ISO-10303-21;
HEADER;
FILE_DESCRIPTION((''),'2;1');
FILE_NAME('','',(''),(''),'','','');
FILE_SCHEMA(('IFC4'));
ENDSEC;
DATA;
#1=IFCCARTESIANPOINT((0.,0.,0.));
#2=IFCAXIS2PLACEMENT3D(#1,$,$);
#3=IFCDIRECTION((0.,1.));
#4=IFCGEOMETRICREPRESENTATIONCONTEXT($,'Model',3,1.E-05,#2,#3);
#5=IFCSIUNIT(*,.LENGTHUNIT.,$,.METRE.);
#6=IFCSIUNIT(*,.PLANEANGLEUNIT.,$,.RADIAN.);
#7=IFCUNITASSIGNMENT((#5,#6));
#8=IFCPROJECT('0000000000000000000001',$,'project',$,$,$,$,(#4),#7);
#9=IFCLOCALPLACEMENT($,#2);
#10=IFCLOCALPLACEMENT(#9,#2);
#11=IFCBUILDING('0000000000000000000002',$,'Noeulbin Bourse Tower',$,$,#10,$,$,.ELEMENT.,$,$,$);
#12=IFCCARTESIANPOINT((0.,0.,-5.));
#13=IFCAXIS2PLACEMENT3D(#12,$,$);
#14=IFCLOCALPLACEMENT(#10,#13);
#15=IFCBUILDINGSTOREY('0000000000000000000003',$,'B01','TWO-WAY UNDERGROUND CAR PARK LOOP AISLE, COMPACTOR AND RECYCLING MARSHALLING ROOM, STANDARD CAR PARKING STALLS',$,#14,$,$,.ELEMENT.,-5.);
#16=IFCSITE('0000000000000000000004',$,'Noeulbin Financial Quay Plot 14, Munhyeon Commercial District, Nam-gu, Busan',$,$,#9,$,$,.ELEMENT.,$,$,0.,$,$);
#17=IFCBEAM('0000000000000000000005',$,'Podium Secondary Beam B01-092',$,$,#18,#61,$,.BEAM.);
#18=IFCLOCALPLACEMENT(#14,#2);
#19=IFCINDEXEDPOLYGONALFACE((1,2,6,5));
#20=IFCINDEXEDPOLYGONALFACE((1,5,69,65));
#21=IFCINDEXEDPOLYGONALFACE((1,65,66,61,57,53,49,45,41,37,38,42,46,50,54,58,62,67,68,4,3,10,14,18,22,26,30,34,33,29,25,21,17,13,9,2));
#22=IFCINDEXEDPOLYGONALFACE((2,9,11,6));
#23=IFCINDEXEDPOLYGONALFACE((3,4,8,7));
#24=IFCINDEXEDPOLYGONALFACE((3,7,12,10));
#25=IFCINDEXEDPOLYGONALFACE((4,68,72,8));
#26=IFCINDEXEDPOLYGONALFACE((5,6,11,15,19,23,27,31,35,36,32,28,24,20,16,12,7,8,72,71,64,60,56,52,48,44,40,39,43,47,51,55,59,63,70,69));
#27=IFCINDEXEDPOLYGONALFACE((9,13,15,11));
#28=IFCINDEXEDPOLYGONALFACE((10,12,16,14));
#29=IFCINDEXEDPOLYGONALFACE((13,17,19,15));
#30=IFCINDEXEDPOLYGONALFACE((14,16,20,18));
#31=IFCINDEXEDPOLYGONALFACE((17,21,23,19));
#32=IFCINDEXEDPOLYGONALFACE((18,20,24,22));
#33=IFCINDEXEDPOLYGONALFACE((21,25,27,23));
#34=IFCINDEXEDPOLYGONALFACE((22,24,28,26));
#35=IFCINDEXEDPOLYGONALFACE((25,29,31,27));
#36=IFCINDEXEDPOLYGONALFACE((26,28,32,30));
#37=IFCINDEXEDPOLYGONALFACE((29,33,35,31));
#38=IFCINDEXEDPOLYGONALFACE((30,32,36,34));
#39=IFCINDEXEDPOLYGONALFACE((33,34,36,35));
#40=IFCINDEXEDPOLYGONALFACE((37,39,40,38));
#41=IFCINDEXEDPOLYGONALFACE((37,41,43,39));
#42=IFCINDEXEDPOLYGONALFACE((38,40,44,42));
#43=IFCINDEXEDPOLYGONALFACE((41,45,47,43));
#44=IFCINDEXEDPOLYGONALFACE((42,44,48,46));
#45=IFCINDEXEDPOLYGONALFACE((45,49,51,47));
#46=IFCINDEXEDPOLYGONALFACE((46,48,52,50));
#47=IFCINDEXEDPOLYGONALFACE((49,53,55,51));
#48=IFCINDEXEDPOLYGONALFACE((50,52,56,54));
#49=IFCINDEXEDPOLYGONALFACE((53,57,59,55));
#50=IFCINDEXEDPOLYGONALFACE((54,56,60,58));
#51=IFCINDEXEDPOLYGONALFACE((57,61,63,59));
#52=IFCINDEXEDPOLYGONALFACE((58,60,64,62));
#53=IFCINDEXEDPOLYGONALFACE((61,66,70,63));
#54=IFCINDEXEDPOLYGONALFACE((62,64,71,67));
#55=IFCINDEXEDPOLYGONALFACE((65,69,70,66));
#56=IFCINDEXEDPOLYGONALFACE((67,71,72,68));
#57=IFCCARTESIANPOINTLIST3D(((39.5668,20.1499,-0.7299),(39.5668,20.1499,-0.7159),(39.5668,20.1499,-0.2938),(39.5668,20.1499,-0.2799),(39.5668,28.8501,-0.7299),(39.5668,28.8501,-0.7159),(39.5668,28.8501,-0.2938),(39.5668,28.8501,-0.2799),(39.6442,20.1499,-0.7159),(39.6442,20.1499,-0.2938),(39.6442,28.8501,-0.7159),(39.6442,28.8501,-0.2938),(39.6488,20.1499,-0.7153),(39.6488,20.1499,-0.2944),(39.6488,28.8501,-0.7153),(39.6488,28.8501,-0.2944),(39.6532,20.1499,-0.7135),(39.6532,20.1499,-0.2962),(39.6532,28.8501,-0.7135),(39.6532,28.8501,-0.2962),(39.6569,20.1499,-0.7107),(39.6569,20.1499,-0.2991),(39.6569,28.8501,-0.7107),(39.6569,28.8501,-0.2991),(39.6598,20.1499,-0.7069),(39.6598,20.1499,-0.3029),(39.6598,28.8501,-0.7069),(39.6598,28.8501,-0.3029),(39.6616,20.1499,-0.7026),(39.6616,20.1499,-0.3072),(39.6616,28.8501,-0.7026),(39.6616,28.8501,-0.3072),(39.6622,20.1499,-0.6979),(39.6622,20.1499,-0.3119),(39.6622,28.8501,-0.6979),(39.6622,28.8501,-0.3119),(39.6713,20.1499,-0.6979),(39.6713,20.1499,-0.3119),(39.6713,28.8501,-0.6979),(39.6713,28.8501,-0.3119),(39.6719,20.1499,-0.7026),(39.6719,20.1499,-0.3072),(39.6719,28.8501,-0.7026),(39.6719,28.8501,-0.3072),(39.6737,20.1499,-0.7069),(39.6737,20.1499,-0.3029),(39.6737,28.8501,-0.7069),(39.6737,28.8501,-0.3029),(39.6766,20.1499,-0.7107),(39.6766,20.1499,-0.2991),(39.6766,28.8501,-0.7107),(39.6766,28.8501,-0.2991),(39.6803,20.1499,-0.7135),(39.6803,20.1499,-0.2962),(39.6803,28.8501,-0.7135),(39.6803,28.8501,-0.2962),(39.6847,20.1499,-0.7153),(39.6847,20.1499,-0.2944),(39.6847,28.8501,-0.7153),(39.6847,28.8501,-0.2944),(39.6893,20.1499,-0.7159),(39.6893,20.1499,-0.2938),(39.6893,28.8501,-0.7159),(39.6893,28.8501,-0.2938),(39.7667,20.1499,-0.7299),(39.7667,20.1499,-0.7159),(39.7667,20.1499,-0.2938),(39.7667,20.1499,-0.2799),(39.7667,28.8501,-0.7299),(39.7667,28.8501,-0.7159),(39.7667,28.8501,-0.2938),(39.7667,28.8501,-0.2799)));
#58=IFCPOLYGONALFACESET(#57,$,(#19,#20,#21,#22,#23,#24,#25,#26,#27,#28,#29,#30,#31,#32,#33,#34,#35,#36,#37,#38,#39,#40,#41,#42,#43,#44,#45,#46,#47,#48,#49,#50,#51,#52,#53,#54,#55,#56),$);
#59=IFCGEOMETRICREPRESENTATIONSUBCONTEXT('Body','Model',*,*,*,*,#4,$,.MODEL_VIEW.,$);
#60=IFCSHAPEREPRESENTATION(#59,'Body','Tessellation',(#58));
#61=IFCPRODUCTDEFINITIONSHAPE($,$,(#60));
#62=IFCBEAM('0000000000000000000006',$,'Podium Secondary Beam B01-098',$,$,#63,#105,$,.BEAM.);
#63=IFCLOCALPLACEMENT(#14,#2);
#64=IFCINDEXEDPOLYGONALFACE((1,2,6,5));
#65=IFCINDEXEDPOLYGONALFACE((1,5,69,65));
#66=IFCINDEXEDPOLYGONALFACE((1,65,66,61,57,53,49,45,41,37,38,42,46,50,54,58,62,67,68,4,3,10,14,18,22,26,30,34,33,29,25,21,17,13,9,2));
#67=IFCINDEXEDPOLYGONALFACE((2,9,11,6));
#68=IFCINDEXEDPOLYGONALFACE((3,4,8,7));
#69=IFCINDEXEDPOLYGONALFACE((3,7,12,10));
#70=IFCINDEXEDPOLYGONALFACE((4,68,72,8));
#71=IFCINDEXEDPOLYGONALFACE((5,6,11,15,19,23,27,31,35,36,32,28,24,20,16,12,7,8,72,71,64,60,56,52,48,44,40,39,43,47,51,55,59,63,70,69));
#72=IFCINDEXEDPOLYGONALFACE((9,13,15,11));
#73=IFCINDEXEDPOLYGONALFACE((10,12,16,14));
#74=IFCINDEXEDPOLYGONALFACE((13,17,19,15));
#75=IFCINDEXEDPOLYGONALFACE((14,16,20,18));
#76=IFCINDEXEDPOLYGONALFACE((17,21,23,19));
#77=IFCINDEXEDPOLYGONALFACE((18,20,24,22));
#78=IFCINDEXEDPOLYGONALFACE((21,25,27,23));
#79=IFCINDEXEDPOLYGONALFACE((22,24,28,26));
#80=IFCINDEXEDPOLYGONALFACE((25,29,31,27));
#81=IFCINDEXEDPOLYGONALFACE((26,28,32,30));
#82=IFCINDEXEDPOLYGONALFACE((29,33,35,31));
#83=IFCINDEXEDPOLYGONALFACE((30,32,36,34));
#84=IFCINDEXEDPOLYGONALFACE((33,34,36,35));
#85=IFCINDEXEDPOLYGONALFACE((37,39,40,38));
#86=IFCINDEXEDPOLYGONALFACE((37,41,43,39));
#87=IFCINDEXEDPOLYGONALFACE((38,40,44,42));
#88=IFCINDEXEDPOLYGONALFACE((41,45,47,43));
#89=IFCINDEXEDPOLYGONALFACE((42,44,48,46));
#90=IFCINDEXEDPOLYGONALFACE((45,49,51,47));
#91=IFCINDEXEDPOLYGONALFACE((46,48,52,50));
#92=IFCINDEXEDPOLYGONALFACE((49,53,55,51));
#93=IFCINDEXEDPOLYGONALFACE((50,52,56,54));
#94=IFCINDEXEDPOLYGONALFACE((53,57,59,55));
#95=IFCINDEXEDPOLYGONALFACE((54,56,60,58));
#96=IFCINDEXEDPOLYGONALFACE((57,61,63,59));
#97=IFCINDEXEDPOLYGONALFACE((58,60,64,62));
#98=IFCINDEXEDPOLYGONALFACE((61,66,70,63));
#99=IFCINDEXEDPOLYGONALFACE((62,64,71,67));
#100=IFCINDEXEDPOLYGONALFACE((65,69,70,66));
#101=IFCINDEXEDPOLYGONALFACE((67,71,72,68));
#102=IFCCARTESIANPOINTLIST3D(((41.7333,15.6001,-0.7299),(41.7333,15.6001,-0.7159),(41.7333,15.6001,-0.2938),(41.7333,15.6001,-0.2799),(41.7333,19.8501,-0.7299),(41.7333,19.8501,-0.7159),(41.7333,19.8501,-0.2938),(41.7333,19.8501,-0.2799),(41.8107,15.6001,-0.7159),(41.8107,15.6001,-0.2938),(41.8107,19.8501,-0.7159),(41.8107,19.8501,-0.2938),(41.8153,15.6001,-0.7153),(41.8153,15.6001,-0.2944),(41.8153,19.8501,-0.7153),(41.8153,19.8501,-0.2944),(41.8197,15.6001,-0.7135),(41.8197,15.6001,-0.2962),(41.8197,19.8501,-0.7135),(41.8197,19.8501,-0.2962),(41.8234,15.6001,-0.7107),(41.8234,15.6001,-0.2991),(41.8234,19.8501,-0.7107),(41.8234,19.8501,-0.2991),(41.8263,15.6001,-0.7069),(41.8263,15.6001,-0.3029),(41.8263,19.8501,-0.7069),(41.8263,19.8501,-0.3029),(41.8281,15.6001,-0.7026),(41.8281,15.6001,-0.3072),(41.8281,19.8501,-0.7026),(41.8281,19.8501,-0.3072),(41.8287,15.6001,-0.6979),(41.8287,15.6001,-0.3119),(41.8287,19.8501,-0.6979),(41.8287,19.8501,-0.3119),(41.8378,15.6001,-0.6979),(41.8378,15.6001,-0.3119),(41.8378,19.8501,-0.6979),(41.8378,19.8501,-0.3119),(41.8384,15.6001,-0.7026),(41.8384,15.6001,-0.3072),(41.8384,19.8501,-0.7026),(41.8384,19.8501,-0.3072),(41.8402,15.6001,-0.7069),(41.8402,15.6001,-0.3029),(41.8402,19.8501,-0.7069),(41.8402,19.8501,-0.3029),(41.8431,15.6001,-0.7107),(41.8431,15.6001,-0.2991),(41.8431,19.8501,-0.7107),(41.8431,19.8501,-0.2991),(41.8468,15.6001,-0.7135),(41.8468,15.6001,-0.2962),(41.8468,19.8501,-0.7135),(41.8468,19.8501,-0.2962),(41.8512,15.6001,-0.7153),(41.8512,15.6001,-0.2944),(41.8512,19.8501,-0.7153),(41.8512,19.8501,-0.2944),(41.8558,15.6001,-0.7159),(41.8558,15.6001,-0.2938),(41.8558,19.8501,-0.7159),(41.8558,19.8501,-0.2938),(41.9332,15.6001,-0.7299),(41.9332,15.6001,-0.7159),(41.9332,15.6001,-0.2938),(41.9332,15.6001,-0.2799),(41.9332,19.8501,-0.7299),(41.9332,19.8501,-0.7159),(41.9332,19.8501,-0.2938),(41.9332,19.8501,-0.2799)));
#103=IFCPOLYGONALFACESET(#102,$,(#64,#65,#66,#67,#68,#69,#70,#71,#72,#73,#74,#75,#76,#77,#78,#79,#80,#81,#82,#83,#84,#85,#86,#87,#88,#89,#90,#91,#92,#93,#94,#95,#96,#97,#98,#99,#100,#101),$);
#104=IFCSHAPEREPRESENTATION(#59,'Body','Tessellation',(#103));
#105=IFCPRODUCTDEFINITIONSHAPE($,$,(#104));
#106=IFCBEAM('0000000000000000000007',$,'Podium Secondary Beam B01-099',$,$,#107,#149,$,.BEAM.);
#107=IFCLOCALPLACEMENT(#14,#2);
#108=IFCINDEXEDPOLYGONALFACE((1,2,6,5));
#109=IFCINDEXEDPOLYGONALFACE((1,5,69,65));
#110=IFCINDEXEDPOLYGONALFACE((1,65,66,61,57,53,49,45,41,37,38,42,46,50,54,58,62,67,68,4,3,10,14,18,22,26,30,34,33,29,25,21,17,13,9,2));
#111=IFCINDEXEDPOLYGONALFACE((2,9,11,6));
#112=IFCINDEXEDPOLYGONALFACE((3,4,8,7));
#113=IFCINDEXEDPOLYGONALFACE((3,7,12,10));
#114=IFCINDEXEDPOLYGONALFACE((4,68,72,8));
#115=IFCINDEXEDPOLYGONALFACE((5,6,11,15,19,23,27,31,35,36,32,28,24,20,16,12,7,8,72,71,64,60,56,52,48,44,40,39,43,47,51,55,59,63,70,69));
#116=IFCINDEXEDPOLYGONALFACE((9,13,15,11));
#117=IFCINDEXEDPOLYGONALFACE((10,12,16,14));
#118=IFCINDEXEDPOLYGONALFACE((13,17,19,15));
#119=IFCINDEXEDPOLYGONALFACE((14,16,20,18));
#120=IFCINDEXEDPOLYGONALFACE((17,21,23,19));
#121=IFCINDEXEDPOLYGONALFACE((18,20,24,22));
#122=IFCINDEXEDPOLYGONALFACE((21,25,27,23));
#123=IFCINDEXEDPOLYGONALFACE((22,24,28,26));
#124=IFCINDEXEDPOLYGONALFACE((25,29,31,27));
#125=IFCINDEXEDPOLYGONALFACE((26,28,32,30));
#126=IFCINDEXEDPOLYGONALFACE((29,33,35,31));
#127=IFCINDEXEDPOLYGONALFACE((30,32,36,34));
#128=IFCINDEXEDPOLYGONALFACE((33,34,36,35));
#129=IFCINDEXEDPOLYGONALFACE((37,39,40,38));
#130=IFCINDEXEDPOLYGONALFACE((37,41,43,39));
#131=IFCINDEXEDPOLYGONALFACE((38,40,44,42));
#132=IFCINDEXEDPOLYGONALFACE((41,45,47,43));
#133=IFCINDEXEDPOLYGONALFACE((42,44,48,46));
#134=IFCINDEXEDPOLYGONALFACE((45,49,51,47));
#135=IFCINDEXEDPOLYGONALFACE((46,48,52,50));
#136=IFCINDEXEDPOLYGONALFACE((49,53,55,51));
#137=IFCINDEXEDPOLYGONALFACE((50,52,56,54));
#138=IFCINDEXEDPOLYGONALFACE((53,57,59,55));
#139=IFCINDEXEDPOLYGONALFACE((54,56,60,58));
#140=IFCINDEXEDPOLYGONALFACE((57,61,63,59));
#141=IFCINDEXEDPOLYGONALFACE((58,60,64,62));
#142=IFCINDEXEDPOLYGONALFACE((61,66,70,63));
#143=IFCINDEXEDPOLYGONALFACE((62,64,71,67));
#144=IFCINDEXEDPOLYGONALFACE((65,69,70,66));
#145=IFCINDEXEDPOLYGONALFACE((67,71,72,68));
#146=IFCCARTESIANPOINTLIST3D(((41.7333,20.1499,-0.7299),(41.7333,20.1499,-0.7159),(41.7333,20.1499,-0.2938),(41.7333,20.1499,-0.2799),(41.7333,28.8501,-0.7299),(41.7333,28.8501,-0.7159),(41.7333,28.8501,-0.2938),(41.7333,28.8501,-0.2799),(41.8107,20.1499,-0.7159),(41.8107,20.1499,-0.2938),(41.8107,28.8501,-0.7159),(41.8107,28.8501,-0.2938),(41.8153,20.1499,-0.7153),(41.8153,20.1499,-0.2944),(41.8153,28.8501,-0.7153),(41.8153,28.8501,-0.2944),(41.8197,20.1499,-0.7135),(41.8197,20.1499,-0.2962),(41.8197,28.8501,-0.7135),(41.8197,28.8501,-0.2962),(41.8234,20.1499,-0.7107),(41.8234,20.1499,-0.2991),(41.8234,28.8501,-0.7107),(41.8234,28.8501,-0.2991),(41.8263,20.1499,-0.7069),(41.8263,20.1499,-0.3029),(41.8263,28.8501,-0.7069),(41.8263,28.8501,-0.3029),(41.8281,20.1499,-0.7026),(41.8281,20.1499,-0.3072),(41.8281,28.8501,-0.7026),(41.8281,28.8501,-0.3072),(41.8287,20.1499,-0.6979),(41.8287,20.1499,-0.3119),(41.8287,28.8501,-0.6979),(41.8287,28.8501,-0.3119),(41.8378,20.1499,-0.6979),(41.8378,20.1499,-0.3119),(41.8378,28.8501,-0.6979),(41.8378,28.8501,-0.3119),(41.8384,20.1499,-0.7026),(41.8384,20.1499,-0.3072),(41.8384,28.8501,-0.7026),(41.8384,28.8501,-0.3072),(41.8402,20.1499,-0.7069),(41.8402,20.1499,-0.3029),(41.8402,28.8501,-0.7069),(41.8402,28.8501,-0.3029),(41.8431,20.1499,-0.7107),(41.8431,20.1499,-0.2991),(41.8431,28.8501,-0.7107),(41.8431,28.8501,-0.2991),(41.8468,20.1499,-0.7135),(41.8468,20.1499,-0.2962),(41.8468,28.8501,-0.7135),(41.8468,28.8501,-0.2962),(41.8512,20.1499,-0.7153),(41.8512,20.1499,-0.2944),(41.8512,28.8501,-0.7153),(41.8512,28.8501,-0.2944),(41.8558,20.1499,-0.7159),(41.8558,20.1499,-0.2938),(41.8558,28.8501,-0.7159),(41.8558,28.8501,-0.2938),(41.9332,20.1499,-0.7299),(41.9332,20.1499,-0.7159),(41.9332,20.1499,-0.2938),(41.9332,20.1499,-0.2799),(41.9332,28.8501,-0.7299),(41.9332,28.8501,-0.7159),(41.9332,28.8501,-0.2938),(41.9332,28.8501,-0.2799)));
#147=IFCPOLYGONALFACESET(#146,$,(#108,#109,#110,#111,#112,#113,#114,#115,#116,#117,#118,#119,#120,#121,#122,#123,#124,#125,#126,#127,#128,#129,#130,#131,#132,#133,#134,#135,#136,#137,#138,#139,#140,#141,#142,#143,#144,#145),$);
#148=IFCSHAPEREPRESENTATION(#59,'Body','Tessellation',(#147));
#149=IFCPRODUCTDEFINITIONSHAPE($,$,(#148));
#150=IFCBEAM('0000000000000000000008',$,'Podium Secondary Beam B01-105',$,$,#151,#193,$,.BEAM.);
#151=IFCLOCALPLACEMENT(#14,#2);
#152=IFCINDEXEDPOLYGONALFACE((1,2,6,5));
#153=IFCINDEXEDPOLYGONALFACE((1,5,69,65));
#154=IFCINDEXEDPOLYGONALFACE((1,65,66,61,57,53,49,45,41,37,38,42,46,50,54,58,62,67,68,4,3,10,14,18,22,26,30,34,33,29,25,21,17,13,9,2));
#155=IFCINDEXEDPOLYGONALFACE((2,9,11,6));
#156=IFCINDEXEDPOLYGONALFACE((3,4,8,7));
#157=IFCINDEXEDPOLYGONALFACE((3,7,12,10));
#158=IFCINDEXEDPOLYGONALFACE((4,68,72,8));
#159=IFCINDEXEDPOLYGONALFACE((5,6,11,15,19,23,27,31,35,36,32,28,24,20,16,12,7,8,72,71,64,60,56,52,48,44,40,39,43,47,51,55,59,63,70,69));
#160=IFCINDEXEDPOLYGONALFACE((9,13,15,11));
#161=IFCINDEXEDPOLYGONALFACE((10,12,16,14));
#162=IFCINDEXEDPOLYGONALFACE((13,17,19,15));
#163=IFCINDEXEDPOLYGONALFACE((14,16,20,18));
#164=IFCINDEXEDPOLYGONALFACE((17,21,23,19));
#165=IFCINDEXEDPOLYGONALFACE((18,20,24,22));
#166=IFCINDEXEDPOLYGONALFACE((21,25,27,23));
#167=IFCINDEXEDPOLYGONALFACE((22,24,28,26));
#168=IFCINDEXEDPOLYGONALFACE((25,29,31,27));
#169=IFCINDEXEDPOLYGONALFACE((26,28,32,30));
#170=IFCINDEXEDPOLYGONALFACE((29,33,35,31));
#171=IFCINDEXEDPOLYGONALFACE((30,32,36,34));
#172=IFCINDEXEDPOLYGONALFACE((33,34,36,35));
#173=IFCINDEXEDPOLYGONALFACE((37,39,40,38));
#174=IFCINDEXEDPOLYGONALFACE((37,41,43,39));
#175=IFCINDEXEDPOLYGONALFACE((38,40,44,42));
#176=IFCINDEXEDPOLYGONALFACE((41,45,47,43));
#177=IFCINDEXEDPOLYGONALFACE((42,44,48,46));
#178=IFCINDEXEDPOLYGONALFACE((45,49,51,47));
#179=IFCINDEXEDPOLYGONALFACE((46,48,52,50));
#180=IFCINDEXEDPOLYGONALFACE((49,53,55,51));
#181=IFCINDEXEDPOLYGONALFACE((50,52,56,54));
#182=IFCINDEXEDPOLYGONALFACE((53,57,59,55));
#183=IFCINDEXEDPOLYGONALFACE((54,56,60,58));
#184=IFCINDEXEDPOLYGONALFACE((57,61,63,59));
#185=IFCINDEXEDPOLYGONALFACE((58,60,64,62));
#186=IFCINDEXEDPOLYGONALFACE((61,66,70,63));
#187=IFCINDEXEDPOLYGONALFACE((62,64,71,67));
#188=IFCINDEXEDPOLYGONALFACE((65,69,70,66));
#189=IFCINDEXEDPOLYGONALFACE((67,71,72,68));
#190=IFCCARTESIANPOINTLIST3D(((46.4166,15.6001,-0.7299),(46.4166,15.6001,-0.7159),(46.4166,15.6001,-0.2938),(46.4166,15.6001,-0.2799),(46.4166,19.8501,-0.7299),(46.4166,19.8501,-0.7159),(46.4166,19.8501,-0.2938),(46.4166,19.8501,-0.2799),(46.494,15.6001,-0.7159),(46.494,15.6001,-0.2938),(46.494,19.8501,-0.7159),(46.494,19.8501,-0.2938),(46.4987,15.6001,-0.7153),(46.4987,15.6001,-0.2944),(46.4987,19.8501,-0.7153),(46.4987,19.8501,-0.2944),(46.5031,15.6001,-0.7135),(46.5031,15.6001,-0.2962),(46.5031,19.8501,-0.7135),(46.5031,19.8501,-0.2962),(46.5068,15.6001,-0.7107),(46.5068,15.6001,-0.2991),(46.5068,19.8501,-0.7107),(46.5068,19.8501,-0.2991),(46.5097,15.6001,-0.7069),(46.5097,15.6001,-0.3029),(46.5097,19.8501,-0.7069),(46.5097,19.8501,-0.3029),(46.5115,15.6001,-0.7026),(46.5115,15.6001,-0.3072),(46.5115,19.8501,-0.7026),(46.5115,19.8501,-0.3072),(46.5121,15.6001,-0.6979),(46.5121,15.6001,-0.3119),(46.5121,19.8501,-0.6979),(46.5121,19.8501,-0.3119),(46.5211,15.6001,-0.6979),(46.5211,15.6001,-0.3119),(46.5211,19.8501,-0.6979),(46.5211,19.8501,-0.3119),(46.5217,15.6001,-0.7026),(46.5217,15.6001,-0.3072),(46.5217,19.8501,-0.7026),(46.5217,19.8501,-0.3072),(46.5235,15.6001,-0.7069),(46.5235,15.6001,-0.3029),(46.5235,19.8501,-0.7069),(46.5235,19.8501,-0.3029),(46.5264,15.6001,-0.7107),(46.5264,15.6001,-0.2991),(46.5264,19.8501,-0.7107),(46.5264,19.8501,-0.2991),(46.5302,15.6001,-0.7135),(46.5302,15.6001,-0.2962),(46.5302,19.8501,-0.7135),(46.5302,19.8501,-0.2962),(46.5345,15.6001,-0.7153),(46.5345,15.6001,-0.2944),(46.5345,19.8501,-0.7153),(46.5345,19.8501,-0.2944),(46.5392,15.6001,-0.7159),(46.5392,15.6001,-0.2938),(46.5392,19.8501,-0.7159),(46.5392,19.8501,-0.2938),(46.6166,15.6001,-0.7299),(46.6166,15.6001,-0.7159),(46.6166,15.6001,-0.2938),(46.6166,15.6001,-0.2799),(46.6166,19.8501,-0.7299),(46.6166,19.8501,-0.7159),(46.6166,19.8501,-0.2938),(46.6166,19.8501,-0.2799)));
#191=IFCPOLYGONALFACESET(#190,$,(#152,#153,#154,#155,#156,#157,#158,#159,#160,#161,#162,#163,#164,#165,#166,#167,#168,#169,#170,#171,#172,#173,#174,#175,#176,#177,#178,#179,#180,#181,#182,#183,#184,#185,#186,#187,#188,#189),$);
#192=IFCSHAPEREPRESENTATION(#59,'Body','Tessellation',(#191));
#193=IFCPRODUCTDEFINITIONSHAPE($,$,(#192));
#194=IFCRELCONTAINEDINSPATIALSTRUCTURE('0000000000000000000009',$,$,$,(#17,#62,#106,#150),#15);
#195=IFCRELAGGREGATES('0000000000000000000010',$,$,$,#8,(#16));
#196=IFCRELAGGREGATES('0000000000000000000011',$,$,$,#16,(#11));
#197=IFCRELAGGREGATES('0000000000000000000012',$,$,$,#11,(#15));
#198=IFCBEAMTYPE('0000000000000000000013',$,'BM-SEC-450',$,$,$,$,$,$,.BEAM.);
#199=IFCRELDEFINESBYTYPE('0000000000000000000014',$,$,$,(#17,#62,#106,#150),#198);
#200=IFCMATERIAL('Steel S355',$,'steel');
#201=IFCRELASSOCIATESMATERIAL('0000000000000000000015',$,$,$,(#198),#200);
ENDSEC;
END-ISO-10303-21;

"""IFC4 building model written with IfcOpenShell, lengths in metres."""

from ifc_helpers import new_model, si_unit, direction, frame, origin, origin_2d, place, context, subcontext, project, spatial, i_section, extrude, material, material_profile, profile_set, type_object, element, save


model = new_model("IFC4")

# Units and contexts
model_context = context("Model", 3, precision=1e-05, world=origin(), true_north=direction((0.0, 1.0)))
body_context = subcontext(model_context, "Body", "Model", "MODEL_VIEW")
ifc_project = project(units=[si_unit("LENGTHUNIT", "METRE"), si_unit("PLANEANGLEUNIT", "RADIAN")], contexts=[model_context])

# Site, building, storey
site_placement = place(None, origin())
site = spatial("IfcSite", under=ifc_project, at=site_placement, Name="Noeulbin Financial Quay Plot 14, Munhyeon Commercial District, Nam-gu, Busan", CompositionType="ELEMENT", RefElevation=0.0)
building_placement = place(site_placement, origin())
building = spatial("IfcBuilding", under=site, at=building_placement, Name="Noeulbin Bourse Tower", CompositionType="ELEMENT")
storey_placement = place(building_placement, frame((0.0, 0.0, -5.0)))
storey = spatial("IfcBuildingStorey", under=building, at=storey_placement, Name="B01", Description="TWO-WAY UNDERGROUND CAR PARK LOOP AISLE, COMPACTOR AND RECYCLING MARSHALLING ROOM, STANDARD CAR PARKING STALLS", CompositionType="ELEMENT", Elevation=-5.0)

# Beams
ifc_material_1 = material(Name="Steel S355", Category="steel")
ifc_material_profile_1 = material_profile(ifc_material_1, i_section(OverallWidth=0.2, OverallDepth=0.45, WebThickness=0.009, FlangeThickness=0.0139, FilletRadius=0.0181, at=origin_2d()), Name="H-450x200x9x14", Category="LoadBearing")
ifc_profile_set_1 = profile_set([ifc_material_profile_1], Name="Steel S355")
beam_type_1 = type_object("IfcBeamType", Name="BM-SEC-450", PredefinedType="BEAM", material=ifc_profile_set_1)
beam_1_placement = place(storey_placement, frame((39.6667, 20.1499, -0.5049), z_axis=(0.0, 1.0, 0.0), x_axis=(-1.0, 0.0, 0.0)))
element("IfcBeam", 1, at=beam_1_placement, inside=storey, type_object=beam_type_1, Name="Podium Secondary Beam B01-092", PredefinedType="BEAM", context=body_context, shape_type="SweptSolid", body=[
    extrude(i_section(OverallWidth=0.2, OverallDepth=0.45, WebThickness=0.009, FlangeThickness=0.0139, FilletRadius=0.0181, at=origin_2d()), origin(), (0.0, 0.0, 1.0), 8.7002),
])
beam_2_placement = place(storey_placement, frame((41.8333, 15.6001, -0.5049), z_axis=(0.0, 1.0, 0.0), x_axis=(-1.0, 0.0, 0.0)))
element("IfcBeam", 2, at=beam_2_placement, inside=storey, type_object=beam_type_1, Name="Podium Secondary Beam B01-098", PredefinedType="BEAM", context=body_context, shape_type="SweptSolid", body=[
    extrude(i_section(OverallWidth=0.2, OverallDepth=0.45, WebThickness=0.009, FlangeThickness=0.0139, FilletRadius=0.0181, at=origin_2d()), origin(), (0.0, 0.0, 1.0), 4.25),
])
beam_3_placement = place(storey_placement, frame((41.8333, 20.1499, -0.5049), z_axis=(0.0, 1.0, 0.0), x_axis=(-1.0, 0.0, 0.0)))
element("IfcBeam", 3, at=beam_3_placement, inside=storey, type_object=beam_type_1, Name="Podium Secondary Beam B01-099", PredefinedType="BEAM", context=body_context, shape_type="SweptSolid", body=[
    extrude(i_section(OverallWidth=0.2, OverallDepth=0.45, WebThickness=0.009, FlangeThickness=0.0139, FilletRadius=0.0181, at=origin_2d()), origin(), (0.0, 0.0, 1.0), 8.7002),
])
beam_4_placement = place(storey_placement, frame((46.5166, 15.6001, -0.5049), z_axis=(0.0, 1.0, 0.0), x_axis=(-1.0, 0.0, 0.0)))
element("IfcBeam", 4, at=beam_4_placement, inside=storey, type_object=beam_type_1, Name="Podium Secondary Beam B01-105", PredefinedType="BEAM", context=body_context, shape_type="SweptSolid", body=[
    extrude(i_section(OverallWidth=0.2, OverallDepth=0.45, WebThickness=0.009, FlangeThickness=0.0139, FilletRadius=0.0181, at=origin_2d()), origin(), (0.0, 0.0, 1.0), 4.25),
])

save(model, "model.ifc")
